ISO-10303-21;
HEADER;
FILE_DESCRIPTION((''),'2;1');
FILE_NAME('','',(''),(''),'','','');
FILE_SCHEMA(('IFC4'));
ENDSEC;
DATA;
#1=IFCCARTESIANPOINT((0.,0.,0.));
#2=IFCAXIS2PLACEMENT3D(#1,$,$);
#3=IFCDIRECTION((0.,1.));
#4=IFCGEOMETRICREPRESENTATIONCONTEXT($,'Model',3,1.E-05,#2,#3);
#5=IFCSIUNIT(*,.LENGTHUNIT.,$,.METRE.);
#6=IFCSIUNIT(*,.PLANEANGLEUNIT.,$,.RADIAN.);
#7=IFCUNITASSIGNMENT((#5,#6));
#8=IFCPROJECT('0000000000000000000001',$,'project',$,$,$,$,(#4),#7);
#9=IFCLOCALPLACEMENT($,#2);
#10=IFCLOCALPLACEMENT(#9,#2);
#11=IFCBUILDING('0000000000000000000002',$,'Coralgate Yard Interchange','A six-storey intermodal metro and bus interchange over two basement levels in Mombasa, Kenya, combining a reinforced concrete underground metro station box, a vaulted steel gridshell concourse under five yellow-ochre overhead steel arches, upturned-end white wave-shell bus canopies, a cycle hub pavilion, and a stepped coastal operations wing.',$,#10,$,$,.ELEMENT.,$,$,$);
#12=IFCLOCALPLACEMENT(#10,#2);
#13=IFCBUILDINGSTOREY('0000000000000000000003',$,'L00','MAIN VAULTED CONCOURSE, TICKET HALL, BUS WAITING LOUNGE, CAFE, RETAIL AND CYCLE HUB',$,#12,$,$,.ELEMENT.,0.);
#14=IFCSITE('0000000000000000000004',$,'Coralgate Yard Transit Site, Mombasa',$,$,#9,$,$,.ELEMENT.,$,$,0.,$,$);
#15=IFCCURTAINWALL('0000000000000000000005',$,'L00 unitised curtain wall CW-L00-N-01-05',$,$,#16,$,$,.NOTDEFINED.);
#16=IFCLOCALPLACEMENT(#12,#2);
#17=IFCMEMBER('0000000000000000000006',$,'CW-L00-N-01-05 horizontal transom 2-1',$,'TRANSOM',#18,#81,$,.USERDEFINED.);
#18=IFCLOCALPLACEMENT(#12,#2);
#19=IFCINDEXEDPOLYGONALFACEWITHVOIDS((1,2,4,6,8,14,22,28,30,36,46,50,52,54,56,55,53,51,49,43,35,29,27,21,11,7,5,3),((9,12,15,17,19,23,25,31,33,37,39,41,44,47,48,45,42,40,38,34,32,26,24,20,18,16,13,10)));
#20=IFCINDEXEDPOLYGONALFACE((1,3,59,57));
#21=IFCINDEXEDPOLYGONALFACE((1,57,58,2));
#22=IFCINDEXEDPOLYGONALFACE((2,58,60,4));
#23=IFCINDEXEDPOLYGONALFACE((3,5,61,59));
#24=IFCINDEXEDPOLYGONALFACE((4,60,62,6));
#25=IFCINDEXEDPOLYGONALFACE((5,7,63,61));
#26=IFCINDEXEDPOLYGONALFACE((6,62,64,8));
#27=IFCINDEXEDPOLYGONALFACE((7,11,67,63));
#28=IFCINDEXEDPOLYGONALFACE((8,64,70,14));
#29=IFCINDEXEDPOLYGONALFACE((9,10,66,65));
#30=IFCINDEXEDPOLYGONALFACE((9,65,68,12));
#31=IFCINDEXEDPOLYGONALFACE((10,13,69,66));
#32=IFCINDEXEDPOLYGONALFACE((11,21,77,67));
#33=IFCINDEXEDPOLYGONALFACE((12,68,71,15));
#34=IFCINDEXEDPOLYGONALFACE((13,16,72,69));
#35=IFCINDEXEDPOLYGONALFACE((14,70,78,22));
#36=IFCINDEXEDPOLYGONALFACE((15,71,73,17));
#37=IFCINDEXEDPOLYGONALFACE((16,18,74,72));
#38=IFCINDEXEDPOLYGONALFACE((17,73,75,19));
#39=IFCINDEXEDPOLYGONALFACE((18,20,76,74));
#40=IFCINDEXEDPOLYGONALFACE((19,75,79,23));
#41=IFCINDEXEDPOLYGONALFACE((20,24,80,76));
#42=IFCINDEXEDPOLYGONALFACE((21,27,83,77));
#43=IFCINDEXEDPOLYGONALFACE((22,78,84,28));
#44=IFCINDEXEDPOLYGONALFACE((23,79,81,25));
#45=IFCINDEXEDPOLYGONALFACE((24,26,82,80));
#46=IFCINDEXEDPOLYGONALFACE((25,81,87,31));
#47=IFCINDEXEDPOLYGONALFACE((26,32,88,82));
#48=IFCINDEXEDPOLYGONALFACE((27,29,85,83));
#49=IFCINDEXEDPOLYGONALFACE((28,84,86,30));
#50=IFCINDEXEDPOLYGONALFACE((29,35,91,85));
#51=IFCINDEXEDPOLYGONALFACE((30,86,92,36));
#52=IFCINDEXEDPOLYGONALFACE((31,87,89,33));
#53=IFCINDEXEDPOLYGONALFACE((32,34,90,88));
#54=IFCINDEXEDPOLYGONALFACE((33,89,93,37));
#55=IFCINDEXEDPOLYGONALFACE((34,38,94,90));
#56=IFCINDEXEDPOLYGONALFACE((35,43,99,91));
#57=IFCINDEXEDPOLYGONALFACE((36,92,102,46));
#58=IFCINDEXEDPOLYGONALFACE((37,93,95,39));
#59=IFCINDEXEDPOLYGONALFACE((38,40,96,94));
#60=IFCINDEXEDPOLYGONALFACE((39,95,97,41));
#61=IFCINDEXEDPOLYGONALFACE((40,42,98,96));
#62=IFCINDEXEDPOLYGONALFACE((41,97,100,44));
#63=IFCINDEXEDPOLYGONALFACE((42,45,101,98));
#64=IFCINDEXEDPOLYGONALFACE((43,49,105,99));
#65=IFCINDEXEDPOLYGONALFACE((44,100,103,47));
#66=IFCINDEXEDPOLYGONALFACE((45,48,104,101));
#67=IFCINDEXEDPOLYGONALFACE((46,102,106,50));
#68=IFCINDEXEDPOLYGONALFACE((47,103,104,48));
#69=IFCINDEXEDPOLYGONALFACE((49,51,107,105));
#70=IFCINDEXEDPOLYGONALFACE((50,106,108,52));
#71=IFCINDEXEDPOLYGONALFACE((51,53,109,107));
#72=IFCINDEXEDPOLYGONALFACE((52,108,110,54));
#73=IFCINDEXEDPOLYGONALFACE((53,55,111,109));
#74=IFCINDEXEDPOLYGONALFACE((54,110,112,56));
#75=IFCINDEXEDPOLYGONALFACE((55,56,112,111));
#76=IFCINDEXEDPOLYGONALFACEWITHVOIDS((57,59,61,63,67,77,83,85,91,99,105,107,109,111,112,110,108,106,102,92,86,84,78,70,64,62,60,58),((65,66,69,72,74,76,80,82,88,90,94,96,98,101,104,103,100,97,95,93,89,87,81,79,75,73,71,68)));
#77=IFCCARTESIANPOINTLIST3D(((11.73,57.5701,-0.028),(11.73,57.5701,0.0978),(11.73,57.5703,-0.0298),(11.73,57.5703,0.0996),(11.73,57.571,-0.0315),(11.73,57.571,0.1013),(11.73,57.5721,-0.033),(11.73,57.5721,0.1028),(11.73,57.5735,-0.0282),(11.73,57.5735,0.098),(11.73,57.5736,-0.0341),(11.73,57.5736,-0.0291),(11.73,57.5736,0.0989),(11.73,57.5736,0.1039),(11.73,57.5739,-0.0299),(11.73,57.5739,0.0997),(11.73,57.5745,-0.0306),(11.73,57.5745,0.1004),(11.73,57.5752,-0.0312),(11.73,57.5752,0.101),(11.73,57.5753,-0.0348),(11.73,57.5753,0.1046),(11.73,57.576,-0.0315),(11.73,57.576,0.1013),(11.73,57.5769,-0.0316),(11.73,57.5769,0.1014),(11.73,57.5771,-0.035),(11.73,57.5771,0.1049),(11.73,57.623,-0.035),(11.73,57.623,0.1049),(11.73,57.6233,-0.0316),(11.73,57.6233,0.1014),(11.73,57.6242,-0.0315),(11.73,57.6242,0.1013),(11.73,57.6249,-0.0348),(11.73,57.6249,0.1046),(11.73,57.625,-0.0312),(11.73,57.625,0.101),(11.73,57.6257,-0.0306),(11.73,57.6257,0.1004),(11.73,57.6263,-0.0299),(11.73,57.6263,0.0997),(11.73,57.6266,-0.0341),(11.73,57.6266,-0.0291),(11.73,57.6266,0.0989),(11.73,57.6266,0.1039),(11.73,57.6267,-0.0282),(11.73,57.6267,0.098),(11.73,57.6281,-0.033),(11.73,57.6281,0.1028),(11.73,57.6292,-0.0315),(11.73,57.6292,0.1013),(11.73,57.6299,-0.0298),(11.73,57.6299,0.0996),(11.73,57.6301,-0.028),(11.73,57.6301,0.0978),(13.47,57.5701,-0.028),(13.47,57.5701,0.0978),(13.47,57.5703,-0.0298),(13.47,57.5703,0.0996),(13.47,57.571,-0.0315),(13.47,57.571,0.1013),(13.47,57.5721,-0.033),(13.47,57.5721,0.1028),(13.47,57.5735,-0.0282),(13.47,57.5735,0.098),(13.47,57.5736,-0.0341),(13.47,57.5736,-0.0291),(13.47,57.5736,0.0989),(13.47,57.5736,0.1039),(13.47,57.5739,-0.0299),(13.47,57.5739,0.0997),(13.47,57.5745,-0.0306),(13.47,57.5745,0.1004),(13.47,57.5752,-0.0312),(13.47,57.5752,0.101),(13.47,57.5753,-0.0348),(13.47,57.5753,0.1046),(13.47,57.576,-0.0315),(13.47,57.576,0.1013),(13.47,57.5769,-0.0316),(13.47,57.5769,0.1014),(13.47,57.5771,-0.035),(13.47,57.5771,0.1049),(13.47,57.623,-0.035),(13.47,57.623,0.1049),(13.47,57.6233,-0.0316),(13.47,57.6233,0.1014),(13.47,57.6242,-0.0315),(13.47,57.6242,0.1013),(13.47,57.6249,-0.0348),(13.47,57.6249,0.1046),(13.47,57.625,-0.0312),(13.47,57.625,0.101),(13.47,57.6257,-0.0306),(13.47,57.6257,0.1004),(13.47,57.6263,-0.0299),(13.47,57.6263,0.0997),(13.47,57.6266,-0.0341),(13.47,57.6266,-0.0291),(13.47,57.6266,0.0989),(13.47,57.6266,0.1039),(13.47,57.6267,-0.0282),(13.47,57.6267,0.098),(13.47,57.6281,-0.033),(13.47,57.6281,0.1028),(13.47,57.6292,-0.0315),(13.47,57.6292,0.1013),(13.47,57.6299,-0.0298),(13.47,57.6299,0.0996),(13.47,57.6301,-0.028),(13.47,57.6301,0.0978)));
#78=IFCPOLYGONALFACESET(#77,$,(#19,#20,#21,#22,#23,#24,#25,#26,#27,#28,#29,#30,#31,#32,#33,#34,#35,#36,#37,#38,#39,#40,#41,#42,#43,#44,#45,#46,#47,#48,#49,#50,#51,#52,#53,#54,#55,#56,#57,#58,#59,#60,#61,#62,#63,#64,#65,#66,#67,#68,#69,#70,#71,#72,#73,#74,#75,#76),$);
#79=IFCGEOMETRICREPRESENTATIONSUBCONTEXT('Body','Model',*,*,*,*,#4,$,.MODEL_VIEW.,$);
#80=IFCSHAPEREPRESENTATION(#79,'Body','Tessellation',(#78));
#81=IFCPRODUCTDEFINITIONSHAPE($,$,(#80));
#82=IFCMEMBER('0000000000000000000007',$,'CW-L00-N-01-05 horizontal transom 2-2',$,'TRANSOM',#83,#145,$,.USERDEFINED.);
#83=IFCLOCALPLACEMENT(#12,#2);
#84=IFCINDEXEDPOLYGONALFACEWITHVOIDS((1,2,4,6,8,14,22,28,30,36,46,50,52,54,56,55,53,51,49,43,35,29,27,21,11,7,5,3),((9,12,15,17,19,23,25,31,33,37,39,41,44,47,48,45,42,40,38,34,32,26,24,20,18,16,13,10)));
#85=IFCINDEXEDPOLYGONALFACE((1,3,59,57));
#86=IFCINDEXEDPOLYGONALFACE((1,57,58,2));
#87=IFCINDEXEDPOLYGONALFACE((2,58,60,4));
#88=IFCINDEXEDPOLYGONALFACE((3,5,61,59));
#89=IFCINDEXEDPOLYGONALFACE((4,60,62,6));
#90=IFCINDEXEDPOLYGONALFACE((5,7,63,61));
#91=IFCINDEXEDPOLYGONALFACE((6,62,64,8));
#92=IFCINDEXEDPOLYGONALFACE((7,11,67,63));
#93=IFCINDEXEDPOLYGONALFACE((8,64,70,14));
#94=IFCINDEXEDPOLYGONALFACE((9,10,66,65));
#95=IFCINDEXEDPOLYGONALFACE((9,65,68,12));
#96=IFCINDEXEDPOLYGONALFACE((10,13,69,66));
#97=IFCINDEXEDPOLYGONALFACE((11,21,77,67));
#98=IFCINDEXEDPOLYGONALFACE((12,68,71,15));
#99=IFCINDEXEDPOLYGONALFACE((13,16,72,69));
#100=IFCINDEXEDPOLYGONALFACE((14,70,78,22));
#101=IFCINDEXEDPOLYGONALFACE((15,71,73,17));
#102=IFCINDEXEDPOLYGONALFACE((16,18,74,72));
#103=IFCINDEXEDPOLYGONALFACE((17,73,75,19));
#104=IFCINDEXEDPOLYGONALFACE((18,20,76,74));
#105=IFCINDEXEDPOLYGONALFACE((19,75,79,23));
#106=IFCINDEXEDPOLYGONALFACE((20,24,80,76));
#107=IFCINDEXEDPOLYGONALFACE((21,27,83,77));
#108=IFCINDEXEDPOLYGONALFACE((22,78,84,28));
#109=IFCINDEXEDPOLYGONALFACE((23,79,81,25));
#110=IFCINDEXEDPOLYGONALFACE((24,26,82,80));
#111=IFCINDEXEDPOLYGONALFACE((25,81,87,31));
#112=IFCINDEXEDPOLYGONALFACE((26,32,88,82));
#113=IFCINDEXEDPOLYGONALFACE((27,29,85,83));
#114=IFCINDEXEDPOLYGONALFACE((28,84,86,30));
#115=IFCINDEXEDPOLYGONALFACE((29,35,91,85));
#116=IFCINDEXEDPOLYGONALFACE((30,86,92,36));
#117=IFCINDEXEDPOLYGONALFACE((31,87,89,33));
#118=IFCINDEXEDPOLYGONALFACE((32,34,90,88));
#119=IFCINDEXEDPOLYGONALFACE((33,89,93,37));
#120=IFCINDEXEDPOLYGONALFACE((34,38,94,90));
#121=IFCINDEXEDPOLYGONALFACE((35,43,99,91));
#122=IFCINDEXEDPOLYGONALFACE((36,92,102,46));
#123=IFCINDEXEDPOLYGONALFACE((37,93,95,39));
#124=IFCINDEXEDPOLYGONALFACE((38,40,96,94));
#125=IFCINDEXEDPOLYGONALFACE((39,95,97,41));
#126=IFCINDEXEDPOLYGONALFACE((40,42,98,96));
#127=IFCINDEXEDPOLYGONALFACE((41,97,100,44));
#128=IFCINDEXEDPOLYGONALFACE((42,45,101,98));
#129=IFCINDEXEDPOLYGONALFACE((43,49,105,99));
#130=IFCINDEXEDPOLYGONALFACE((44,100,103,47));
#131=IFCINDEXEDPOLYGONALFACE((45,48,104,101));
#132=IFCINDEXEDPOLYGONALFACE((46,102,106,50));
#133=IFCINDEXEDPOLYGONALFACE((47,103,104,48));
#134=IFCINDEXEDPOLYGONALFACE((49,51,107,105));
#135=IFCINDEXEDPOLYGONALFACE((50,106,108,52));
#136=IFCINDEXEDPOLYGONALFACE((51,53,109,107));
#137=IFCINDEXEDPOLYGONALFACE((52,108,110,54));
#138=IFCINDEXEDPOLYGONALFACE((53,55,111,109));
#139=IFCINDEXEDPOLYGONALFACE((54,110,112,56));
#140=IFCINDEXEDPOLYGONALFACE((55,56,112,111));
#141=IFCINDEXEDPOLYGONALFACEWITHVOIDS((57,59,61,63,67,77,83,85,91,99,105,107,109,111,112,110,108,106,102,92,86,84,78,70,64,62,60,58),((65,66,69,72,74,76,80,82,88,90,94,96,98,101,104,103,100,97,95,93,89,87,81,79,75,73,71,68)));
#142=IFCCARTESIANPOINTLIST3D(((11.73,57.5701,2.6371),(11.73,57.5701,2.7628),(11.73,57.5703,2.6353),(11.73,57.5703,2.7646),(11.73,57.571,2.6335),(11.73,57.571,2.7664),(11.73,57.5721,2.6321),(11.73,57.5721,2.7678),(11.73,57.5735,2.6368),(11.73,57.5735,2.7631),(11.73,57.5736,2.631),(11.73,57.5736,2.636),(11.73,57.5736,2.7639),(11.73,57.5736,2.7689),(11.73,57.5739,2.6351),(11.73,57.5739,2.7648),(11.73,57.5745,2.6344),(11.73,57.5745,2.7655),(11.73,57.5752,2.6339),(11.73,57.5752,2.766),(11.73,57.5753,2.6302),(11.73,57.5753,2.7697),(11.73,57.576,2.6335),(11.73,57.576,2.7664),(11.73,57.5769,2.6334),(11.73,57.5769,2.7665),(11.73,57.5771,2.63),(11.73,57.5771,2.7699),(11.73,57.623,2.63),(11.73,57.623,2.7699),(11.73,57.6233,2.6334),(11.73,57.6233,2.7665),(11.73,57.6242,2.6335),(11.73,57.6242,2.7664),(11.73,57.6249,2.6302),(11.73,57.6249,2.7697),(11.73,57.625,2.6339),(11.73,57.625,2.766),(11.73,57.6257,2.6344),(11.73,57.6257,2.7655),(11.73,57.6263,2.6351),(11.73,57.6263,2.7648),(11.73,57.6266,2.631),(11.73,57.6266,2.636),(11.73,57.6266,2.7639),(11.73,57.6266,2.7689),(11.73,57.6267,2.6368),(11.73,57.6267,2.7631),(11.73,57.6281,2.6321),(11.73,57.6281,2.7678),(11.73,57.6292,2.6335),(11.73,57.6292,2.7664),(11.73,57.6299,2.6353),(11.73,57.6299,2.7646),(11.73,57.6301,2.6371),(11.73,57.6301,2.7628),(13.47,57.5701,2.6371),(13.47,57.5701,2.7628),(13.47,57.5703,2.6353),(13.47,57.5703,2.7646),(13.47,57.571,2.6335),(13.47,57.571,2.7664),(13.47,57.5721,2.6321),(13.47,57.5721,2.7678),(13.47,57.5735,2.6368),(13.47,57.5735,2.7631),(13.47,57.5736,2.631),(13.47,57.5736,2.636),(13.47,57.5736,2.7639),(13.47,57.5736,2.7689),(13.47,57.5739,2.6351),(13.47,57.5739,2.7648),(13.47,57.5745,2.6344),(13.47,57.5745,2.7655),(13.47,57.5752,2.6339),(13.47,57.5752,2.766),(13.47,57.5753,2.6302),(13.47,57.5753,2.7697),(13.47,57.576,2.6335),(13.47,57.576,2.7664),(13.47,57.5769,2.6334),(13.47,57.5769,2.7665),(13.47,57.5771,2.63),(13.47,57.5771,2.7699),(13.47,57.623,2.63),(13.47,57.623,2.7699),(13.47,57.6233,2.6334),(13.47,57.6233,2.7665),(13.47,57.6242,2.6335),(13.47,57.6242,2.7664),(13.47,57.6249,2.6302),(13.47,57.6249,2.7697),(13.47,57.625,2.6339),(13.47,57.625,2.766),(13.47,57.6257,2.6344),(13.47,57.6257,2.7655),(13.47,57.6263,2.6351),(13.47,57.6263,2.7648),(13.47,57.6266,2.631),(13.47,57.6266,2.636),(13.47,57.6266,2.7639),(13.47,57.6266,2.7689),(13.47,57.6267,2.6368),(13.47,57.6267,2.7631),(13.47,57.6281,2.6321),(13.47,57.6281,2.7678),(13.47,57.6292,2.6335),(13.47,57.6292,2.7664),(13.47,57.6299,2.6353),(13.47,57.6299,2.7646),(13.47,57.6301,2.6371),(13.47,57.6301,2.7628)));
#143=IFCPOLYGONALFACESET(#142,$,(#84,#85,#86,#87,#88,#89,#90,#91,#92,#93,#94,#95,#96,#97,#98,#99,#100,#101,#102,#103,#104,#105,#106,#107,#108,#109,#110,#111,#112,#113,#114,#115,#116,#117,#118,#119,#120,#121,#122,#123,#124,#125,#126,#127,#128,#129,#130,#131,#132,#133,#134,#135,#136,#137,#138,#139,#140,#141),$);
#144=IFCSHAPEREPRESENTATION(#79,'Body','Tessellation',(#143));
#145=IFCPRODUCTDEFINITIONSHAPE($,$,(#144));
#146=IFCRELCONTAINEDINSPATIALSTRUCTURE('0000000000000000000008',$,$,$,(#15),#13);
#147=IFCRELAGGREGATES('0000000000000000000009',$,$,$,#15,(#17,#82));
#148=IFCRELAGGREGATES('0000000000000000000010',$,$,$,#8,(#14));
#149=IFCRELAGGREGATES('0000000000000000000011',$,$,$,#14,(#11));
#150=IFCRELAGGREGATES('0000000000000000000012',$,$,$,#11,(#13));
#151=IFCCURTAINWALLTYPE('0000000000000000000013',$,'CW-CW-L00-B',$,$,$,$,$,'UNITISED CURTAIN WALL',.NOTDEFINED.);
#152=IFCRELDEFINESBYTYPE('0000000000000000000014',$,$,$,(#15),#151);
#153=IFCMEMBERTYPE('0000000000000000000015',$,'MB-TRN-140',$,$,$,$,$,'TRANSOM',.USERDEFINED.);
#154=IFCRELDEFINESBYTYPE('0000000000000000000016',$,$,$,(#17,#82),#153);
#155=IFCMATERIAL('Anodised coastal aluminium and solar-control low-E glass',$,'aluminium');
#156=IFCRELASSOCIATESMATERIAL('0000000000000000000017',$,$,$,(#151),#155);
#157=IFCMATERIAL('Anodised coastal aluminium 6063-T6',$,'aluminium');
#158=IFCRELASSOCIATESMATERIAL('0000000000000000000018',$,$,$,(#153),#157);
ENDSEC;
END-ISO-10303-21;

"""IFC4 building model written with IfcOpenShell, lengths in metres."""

from ifc_helpers import new_model, si_unit, direction, frame, origin, origin_2d, place, context, subcontext, project, spatial, hollow_rectangle, extrude, material, material_profile, profile_set, type_object, element, aggregate, save


model = new_model("IFC4")

# Units and contexts
model_context = context("Model", 3, precision=1e-05, world=origin(), true_north=direction((0.0, 1.0)))
body_context = subcontext(model_context, "Body", "Model", "MODEL_VIEW")
ifc_project = project(units=[si_unit("LENGTHUNIT", "METRE"), si_unit("PLANEANGLEUNIT", "RADIAN")], contexts=[model_context])

# Site, building, storey
site_placement = place(None, origin())
site = spatial("IfcSite", under=ifc_project, at=site_placement, Name="Coralgate Yard Transit Site, Mombasa", CompositionType="ELEMENT", RefElevation=0.0)
building_placement = place(site_placement, origin())
building = spatial("IfcBuilding", under=site, at=building_placement, Name="Coralgate Yard Interchange", Description="A six-storey intermodal metro and bus interchange over two basement levels in Mombasa, Kenya, combining a reinforced concrete underground metro station box, a vaulted steel gridshell concourse under five yellow-ochre overhead steel arches, upturned-end white wave-shell bus canopies, a cycle hub pavilion, and a stepped coastal operations wing.", CompositionType="ELEMENT")
storey_placement = place(building_placement, origin())
storey = spatial("IfcBuildingStorey", under=building, at=storey_placement, Name="L00", Description="MAIN VAULTED CONCOURSE, TICKET HALL, BUS WAITING LOUNGE, CAFE, RETAIL AND CYCLE HUB", CompositionType="ELEMENT", Elevation=0.0)

# Shared definitions
ifc_material_1 = material(Name="Anodised coastal aluminium and solar-control low-E glass", Category="aluminium")
curtain_wall_type = type_object("IfcCurtainWallType", Name="CW-CW-L00-B", ElementType="UNITISED CURTAIN WALL", PredefinedType="NOTDEFINED", material=ifc_material_1)
ifc_material_2 = material(Name="Anodised coastal aluminium 6063-T6", Category="aluminium")

# Curtain wall
curtain_wall_1_placement = place(storey_placement, origin())
curtain_wall_1 = element("IfcCurtainWall", 1, at=curtain_wall_1_placement, inside=storey, type_object=curtain_wall_type, Name="L00 unitised curtain wall CW-L00-N-01-05", PredefinedType="NOTDEFINED")

# Members
ifc_material_profile_1 = material_profile(ifc_material_2, hollow_rectangle(XDim=0.0601, YDim=0.1399, WallThickness=0.0034, InnerFilletRadius=0.0034, OuterFilletRadius=0.0071, at=origin_2d()), Name="ALU 60x140x3.5")
ifc_profile_set_1 = profile_set([ifc_material_profile_1], Name="Anodised coastal aluminium 6063-T6")
member_type_1 = type_object("IfcMemberType", Name="MB-TRN-140", ElementType="TRANSOM", PredefinedType="USERDEFINED", material=ifc_profile_set_1)
member_1_placement = place(storey_placement, frame((11.73, 57.6001, 0.0349), z_axis=(1.0, 0.0, 0.0), x_axis=(0.0, 1.0, 0.0)))
member_1 = element("IfcMember", 2, at=member_1_placement, type_object=member_type_1, Name="CW-L00-N-01-05 horizontal transom 2-1", ObjectType="TRANSOM", PredefinedType="USERDEFINED", context=body_context, shape_type="SweptSolid", body=[
    extrude(hollow_rectangle(XDim=0.0601, YDim=0.1399, WallThickness=0.0034, InnerFilletRadius=0.0034, OuterFilletRadius=0.0071, at=origin_2d()), origin(), (0.0, 0.0, 1.0), 1.74),
])
member_2_placement = place(storey_placement, frame((11.73, 57.6001, 2.7), z_axis=(1.0, 0.0, 0.0), x_axis=(0.0, 1.0, 0.0)))
member_2 = element("IfcMember", 3, at=member_2_placement, type_object=member_type_1, Name="CW-L00-N-01-05 horizontal transom 2-2", ObjectType="TRANSOM", PredefinedType="USERDEFINED", context=body_context, shape_type="SweptSolid", body=[
    extrude(hollow_rectangle(XDim=0.0601, YDim=0.1399, WallThickness=0.0034, InnerFilletRadius=0.0034, OuterFilletRadius=0.0071, at=origin_2d()), origin(), (0.0, 0.0, 1.0), 1.74),
])

aggregate(curtain_wall_1, [member_1, member_2])

save(model, "model.ifc")
